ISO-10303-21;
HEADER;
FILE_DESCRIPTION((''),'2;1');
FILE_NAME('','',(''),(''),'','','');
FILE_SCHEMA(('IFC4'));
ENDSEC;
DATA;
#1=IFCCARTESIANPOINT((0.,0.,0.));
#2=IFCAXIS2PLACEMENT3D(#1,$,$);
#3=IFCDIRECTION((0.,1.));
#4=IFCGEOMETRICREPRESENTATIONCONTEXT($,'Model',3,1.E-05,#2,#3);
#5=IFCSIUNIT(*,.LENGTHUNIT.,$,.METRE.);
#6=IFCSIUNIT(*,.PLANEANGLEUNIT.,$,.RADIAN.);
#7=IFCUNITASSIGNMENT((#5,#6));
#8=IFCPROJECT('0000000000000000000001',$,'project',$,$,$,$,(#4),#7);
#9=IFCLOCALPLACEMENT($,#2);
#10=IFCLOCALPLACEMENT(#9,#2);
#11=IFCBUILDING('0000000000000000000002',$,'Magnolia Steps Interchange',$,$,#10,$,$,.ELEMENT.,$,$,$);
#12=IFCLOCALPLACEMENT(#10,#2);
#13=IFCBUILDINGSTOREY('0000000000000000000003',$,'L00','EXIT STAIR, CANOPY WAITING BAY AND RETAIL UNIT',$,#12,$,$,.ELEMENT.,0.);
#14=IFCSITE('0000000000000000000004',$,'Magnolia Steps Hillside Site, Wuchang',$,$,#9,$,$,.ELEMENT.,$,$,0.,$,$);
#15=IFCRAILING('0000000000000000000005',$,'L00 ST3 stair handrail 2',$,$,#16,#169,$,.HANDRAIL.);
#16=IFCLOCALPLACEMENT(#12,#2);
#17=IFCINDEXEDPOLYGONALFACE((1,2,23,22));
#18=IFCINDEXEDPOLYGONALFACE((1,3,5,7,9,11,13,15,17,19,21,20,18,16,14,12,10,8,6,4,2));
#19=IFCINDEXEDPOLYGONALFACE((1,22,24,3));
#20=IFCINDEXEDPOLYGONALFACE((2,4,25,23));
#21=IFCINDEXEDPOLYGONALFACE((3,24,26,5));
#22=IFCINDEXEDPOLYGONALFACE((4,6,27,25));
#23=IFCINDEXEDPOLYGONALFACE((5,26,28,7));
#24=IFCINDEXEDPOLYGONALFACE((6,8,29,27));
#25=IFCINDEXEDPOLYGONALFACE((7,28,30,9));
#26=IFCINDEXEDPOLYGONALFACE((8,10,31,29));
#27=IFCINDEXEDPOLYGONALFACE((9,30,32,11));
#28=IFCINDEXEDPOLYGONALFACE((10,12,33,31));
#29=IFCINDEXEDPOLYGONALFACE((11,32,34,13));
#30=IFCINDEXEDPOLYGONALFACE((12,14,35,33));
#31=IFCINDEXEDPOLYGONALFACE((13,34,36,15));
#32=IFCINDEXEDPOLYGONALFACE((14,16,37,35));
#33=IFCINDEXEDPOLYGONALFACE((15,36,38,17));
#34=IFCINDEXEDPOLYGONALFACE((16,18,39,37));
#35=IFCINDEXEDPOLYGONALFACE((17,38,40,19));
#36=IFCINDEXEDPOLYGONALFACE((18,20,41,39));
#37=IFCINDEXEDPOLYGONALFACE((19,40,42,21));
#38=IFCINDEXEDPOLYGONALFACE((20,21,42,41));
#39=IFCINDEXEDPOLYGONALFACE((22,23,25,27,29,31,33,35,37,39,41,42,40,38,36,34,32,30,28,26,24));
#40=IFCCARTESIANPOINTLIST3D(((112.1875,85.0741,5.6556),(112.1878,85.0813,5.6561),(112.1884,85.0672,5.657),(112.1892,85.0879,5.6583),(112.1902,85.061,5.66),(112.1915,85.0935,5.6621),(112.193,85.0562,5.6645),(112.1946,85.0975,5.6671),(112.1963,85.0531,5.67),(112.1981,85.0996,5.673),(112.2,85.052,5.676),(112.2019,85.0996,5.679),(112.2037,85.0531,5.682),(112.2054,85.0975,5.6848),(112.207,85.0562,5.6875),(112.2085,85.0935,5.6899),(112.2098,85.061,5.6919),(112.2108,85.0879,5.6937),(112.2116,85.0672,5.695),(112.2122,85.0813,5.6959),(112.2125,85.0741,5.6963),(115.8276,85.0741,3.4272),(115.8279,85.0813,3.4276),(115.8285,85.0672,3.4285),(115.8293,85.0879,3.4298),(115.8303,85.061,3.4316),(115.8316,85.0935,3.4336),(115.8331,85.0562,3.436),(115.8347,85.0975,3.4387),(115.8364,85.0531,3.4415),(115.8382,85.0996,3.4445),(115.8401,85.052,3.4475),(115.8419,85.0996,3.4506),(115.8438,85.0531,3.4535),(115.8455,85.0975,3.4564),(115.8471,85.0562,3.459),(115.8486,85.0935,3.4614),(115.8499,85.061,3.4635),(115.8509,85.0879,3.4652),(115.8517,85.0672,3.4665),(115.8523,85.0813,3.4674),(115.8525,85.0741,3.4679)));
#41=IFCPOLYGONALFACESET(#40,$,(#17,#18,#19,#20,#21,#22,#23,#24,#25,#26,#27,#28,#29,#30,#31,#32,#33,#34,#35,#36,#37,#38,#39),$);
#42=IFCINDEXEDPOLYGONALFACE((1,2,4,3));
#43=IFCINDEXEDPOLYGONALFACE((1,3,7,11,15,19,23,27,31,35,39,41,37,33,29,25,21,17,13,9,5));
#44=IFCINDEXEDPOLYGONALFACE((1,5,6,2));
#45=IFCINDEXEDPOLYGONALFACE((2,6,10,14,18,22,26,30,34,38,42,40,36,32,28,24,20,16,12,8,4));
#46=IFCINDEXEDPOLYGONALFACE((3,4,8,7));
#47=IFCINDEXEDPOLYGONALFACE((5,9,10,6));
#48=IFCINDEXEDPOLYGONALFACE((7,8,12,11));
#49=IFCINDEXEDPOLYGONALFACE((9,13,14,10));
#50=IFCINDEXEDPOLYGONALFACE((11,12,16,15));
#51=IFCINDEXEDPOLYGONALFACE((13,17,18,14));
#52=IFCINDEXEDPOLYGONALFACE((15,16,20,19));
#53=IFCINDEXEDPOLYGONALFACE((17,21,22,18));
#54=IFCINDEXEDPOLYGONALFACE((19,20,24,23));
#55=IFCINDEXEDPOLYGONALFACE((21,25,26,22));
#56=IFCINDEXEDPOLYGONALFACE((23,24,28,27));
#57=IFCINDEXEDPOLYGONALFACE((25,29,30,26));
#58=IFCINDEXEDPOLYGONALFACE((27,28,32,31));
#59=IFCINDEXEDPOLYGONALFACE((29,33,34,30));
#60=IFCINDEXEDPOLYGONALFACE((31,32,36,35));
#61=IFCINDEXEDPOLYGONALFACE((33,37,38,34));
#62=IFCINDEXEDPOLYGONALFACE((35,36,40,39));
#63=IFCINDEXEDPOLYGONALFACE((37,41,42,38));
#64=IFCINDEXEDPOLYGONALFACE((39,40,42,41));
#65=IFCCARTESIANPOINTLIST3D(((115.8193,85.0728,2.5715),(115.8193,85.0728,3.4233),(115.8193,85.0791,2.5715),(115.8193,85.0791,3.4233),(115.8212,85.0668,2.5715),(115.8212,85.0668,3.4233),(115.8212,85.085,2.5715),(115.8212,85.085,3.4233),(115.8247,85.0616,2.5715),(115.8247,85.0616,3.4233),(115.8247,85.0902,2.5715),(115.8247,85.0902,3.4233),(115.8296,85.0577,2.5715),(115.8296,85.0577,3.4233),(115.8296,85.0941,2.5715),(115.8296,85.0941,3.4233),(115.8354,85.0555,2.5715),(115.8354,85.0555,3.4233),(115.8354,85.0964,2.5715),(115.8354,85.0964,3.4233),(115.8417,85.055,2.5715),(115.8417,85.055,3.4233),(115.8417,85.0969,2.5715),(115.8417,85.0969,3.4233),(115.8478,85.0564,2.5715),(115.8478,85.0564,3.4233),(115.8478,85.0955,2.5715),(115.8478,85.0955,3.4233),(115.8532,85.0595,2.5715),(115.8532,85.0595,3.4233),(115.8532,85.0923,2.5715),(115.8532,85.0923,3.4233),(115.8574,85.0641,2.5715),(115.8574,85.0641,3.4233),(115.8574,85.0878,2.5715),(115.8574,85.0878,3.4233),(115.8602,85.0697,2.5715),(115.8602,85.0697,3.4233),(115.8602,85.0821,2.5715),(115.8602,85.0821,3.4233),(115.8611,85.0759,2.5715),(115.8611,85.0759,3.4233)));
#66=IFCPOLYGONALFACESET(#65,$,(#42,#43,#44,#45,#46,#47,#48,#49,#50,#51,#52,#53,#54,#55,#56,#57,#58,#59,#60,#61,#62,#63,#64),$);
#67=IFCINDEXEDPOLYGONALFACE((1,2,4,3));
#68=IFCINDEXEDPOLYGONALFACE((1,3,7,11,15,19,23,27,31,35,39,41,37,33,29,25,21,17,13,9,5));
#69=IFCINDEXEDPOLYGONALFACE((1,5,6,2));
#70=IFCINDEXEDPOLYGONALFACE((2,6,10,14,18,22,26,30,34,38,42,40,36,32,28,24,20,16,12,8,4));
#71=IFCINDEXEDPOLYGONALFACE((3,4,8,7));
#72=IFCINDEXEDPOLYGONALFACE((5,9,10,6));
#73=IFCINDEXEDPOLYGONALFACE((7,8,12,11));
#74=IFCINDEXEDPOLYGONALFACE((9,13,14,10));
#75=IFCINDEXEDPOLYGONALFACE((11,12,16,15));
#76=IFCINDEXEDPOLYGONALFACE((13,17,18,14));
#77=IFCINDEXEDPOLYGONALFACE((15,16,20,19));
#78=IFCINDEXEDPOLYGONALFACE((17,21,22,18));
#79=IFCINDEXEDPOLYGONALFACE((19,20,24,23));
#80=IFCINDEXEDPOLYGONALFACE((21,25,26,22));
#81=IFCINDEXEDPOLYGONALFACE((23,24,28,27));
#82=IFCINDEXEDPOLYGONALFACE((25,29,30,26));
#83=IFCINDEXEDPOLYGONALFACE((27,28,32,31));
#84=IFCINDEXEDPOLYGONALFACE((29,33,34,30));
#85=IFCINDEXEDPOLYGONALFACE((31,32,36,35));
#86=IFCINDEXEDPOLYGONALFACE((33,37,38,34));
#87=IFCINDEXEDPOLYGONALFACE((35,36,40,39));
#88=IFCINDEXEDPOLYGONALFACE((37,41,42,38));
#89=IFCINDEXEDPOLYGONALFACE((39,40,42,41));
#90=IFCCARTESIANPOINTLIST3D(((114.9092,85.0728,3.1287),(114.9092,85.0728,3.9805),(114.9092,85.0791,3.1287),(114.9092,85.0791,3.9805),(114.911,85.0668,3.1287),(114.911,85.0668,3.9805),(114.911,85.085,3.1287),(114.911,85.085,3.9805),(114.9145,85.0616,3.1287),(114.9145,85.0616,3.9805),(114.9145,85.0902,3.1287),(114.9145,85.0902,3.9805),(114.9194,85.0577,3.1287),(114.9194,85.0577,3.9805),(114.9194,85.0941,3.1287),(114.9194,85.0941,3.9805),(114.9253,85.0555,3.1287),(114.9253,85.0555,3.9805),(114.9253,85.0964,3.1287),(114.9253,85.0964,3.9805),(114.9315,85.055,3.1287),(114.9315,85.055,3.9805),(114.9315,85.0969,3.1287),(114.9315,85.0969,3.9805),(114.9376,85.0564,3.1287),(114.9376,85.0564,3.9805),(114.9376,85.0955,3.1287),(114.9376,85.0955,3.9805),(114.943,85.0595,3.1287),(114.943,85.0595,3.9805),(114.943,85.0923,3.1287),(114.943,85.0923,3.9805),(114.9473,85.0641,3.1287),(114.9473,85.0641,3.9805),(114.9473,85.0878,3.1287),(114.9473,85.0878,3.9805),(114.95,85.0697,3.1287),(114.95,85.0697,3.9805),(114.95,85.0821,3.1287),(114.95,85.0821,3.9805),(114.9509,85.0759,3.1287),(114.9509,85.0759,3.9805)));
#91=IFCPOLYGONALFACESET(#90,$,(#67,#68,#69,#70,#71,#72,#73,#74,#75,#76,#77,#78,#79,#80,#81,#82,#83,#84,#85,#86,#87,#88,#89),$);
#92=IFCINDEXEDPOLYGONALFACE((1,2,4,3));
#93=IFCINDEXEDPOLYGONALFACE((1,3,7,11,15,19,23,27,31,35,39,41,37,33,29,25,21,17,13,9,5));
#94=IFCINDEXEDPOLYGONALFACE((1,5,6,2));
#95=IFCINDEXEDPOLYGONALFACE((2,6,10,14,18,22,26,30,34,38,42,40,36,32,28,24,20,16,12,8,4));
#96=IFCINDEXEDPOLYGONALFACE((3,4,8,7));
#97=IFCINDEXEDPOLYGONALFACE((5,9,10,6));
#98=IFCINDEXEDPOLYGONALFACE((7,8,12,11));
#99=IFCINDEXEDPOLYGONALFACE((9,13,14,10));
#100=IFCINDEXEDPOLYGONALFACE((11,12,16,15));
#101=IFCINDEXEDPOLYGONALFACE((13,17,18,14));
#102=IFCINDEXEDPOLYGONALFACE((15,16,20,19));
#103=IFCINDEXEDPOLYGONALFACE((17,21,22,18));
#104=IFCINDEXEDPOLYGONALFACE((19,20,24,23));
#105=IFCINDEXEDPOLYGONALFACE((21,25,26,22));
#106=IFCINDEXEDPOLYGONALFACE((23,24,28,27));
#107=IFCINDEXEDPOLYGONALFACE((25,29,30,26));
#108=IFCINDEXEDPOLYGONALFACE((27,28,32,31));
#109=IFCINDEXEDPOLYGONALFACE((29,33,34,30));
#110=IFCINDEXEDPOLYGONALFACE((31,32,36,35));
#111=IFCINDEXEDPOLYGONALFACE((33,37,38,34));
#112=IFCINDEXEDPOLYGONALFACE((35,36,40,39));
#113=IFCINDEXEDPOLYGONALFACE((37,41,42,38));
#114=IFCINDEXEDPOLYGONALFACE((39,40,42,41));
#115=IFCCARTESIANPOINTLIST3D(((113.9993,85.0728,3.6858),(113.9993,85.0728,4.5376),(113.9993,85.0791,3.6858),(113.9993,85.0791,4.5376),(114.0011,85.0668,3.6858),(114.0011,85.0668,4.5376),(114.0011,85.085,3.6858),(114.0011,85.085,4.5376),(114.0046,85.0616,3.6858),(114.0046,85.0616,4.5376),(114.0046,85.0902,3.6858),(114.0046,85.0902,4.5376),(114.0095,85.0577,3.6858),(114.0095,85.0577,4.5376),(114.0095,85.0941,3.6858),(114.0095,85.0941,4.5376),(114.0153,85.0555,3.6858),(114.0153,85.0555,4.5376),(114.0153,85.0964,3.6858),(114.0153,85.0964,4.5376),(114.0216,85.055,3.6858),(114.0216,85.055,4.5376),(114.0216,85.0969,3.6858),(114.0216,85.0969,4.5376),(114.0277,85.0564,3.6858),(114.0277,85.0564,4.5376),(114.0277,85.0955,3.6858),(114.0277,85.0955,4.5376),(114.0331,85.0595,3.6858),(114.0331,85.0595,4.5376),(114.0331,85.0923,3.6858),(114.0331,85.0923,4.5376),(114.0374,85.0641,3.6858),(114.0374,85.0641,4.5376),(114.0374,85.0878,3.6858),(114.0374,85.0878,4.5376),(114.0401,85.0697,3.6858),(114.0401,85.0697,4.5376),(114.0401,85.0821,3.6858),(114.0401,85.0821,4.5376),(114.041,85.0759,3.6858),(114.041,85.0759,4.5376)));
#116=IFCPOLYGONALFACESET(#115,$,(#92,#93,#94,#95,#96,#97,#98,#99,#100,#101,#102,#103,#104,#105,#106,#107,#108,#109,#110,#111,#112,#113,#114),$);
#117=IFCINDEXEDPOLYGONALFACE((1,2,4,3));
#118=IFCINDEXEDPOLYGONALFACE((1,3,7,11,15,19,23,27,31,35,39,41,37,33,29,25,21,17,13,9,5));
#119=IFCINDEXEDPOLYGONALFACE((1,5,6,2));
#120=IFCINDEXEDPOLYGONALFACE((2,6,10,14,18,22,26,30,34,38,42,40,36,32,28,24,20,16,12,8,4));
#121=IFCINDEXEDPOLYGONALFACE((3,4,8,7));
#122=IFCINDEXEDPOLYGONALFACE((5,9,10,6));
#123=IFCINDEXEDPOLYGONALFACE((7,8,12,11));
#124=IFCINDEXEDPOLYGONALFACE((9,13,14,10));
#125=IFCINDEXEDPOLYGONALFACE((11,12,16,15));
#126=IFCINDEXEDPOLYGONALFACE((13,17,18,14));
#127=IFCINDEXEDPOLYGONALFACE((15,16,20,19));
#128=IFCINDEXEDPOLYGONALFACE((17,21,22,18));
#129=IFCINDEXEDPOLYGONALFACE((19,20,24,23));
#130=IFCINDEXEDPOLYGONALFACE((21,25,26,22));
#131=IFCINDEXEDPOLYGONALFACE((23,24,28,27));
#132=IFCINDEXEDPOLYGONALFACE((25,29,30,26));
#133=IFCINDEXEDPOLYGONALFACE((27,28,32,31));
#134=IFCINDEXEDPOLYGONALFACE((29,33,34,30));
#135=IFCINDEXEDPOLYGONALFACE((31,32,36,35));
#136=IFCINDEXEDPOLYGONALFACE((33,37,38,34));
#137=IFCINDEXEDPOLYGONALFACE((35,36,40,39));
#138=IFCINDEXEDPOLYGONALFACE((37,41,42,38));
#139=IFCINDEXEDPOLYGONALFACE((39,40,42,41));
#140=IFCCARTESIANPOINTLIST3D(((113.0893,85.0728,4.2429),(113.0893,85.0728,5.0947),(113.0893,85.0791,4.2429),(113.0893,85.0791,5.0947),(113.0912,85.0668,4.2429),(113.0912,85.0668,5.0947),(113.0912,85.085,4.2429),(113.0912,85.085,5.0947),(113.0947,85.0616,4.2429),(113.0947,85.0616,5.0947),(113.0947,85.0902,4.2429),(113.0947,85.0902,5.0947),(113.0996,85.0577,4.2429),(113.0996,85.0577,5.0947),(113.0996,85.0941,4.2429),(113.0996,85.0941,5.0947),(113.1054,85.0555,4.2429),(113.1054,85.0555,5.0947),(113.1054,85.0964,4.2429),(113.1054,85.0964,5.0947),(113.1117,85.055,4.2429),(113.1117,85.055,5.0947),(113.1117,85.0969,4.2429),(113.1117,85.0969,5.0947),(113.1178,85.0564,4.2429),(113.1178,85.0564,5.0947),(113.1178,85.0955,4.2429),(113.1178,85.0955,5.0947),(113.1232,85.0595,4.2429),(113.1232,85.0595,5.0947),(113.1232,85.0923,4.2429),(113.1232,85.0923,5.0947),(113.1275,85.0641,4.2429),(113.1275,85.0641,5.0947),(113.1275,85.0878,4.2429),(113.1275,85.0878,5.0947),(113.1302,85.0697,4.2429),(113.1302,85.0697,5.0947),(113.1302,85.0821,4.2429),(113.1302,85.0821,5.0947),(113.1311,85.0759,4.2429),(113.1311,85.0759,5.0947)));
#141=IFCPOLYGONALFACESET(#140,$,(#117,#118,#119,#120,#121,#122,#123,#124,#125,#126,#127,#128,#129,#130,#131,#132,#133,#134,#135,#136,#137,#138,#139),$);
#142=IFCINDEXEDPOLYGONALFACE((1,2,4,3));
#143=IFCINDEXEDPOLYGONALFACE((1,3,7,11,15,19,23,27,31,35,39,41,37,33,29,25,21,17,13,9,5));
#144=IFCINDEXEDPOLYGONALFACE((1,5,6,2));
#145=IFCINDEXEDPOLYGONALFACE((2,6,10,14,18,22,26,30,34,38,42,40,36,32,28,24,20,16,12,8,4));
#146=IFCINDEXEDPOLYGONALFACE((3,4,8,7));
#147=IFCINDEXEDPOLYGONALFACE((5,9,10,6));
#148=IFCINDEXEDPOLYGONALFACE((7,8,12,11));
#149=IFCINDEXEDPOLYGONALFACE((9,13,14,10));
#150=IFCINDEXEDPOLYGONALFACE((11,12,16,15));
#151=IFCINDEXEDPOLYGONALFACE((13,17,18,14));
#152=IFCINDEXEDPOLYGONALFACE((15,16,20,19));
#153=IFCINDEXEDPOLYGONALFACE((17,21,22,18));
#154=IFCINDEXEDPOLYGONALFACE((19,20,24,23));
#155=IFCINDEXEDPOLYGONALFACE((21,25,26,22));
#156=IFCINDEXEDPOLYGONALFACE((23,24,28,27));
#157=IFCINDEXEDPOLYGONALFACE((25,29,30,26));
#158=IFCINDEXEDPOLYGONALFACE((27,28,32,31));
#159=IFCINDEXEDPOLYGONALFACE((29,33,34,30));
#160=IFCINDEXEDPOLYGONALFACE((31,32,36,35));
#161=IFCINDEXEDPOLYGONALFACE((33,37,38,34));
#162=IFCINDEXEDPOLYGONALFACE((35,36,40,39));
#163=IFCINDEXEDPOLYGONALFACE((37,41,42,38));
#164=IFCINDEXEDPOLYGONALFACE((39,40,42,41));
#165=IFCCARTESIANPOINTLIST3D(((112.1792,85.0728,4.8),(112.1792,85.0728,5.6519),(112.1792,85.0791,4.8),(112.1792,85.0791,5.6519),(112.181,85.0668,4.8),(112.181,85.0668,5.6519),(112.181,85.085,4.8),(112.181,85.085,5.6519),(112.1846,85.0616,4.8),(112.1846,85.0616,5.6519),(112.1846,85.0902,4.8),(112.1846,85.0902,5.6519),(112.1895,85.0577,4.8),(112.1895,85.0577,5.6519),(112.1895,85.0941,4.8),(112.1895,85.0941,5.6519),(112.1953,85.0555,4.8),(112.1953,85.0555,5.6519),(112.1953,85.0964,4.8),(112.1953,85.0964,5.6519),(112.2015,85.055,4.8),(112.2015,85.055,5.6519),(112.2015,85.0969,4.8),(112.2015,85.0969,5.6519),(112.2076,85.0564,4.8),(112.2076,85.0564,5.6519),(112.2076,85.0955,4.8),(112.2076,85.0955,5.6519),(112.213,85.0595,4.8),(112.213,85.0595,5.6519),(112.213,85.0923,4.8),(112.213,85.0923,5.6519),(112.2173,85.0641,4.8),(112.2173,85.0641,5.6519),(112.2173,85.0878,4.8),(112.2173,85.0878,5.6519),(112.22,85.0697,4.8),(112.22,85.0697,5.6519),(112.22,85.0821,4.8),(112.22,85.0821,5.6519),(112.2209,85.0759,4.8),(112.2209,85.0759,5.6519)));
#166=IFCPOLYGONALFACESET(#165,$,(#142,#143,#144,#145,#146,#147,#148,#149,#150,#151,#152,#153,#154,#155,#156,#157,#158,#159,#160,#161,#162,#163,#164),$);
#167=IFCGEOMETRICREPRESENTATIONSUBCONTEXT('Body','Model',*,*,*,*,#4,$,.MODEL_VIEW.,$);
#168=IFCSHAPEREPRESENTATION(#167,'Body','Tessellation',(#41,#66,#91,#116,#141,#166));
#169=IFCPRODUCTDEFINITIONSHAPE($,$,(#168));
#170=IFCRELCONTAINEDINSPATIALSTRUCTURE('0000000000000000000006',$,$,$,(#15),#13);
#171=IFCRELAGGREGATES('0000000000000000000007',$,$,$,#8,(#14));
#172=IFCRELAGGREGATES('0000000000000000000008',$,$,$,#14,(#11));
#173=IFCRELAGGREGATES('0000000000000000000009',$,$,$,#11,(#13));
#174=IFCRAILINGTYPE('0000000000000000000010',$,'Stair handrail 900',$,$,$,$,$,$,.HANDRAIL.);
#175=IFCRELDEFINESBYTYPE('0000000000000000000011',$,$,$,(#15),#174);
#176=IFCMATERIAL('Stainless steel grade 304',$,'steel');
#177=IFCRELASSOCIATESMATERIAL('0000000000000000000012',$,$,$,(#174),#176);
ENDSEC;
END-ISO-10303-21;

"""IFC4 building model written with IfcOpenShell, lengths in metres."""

from ifc_helpers import new_model, si_unit, direction, frame, origin, origin_2d, place, context, subcontext, project, spatial, circle, extrude, material, type_object, element, save


model = new_model("IFC4")

# Units and contexts
model_context = context("Model", 3, precision=1e-05, world=origin(), true_north=direction((0.0, 1.0)))
body_context = subcontext(model_context, "Body", "Model", "MODEL_VIEW")
ifc_project = project(units=[si_unit("LENGTHUNIT", "METRE"), si_unit("PLANEANGLEUNIT", "RADIAN")], contexts=[model_context])

# Site, building, storey
site_placement = place(None, origin())
site = spatial("IfcSite", under=ifc_project, at=site_placement, Name="Magnolia Steps Hillside Site, Wuchang", CompositionType="ELEMENT", RefElevation=0.0)
building_placement = place(site_placement, origin())
building = spatial("IfcBuilding", under=site, at=building_placement, Name="Magnolia Steps Interchange", CompositionType="ELEMENT")
storey_placement = place(building_placement, origin())
storey = spatial("IfcBuildingStorey", under=building, at=storey_placement, Name="L00", Description="EXIT STAIR, CANOPY WAITING BAY AND RETAIL UNIT", CompositionType="ELEMENT", Elevation=0.0)

# Railing
ifc_material_1 = material(Name="Stainless steel grade 304", Category="steel")
railing_type_1 = type_object("IfcRailingType", Name="Stair handrail 900", PredefinedType="HANDRAIL", material=ifc_material_1)
for number, where, name in (
    (1, (115.8401, 85.0759, 2.5715), "L00 ST3 stair handrail 2"),
):
    element("IfcRailing", number, at=place(storey_placement, frame(where)), inside=storey, type_object=railing_type_1, Name=name, PredefinedType="HANDRAIL", context=body_context, shape_type="SweptSolid", body=[
        extrude(circle(Radius=0.0239, at=origin_2d()), frame((0.0, 0.0, 0.876), z_axis=(-0.852866, 0.0, 0.52213), x_axis=(0.0, -1.0, 0.0)), (0.0, 0.0, 1.0), 4.2681),
        extrude(circle(Radius=0.021, at=origin_2d()), origin(), (0.0, 0.0, 1.0), 0.8518),
        extrude(circle(Radius=0.021, at=origin_2d()), frame((-0.9102, 0.0, 0.5571)), (0.0, 0.0, 1.0), 0.8518),
        extrude(circle(Radius=0.021, at=origin_2d()), frame((-1.8201, 0.0, 1.1143)), (0.0, 0.0, 1.0), 0.8518),
        extrude(circle(Radius=0.021, at=origin_2d()), frame((-2.73, 0.0, 1.6714)), (0.0, 0.0, 1.0), 0.8518),
        extrude(circle(Radius=0.021, at=origin_2d()), frame((-3.6401, 0.0, 2.2285)), (0.0, 0.0, 1.0), 0.8518),
    ])

save(model, "model.ifc")
